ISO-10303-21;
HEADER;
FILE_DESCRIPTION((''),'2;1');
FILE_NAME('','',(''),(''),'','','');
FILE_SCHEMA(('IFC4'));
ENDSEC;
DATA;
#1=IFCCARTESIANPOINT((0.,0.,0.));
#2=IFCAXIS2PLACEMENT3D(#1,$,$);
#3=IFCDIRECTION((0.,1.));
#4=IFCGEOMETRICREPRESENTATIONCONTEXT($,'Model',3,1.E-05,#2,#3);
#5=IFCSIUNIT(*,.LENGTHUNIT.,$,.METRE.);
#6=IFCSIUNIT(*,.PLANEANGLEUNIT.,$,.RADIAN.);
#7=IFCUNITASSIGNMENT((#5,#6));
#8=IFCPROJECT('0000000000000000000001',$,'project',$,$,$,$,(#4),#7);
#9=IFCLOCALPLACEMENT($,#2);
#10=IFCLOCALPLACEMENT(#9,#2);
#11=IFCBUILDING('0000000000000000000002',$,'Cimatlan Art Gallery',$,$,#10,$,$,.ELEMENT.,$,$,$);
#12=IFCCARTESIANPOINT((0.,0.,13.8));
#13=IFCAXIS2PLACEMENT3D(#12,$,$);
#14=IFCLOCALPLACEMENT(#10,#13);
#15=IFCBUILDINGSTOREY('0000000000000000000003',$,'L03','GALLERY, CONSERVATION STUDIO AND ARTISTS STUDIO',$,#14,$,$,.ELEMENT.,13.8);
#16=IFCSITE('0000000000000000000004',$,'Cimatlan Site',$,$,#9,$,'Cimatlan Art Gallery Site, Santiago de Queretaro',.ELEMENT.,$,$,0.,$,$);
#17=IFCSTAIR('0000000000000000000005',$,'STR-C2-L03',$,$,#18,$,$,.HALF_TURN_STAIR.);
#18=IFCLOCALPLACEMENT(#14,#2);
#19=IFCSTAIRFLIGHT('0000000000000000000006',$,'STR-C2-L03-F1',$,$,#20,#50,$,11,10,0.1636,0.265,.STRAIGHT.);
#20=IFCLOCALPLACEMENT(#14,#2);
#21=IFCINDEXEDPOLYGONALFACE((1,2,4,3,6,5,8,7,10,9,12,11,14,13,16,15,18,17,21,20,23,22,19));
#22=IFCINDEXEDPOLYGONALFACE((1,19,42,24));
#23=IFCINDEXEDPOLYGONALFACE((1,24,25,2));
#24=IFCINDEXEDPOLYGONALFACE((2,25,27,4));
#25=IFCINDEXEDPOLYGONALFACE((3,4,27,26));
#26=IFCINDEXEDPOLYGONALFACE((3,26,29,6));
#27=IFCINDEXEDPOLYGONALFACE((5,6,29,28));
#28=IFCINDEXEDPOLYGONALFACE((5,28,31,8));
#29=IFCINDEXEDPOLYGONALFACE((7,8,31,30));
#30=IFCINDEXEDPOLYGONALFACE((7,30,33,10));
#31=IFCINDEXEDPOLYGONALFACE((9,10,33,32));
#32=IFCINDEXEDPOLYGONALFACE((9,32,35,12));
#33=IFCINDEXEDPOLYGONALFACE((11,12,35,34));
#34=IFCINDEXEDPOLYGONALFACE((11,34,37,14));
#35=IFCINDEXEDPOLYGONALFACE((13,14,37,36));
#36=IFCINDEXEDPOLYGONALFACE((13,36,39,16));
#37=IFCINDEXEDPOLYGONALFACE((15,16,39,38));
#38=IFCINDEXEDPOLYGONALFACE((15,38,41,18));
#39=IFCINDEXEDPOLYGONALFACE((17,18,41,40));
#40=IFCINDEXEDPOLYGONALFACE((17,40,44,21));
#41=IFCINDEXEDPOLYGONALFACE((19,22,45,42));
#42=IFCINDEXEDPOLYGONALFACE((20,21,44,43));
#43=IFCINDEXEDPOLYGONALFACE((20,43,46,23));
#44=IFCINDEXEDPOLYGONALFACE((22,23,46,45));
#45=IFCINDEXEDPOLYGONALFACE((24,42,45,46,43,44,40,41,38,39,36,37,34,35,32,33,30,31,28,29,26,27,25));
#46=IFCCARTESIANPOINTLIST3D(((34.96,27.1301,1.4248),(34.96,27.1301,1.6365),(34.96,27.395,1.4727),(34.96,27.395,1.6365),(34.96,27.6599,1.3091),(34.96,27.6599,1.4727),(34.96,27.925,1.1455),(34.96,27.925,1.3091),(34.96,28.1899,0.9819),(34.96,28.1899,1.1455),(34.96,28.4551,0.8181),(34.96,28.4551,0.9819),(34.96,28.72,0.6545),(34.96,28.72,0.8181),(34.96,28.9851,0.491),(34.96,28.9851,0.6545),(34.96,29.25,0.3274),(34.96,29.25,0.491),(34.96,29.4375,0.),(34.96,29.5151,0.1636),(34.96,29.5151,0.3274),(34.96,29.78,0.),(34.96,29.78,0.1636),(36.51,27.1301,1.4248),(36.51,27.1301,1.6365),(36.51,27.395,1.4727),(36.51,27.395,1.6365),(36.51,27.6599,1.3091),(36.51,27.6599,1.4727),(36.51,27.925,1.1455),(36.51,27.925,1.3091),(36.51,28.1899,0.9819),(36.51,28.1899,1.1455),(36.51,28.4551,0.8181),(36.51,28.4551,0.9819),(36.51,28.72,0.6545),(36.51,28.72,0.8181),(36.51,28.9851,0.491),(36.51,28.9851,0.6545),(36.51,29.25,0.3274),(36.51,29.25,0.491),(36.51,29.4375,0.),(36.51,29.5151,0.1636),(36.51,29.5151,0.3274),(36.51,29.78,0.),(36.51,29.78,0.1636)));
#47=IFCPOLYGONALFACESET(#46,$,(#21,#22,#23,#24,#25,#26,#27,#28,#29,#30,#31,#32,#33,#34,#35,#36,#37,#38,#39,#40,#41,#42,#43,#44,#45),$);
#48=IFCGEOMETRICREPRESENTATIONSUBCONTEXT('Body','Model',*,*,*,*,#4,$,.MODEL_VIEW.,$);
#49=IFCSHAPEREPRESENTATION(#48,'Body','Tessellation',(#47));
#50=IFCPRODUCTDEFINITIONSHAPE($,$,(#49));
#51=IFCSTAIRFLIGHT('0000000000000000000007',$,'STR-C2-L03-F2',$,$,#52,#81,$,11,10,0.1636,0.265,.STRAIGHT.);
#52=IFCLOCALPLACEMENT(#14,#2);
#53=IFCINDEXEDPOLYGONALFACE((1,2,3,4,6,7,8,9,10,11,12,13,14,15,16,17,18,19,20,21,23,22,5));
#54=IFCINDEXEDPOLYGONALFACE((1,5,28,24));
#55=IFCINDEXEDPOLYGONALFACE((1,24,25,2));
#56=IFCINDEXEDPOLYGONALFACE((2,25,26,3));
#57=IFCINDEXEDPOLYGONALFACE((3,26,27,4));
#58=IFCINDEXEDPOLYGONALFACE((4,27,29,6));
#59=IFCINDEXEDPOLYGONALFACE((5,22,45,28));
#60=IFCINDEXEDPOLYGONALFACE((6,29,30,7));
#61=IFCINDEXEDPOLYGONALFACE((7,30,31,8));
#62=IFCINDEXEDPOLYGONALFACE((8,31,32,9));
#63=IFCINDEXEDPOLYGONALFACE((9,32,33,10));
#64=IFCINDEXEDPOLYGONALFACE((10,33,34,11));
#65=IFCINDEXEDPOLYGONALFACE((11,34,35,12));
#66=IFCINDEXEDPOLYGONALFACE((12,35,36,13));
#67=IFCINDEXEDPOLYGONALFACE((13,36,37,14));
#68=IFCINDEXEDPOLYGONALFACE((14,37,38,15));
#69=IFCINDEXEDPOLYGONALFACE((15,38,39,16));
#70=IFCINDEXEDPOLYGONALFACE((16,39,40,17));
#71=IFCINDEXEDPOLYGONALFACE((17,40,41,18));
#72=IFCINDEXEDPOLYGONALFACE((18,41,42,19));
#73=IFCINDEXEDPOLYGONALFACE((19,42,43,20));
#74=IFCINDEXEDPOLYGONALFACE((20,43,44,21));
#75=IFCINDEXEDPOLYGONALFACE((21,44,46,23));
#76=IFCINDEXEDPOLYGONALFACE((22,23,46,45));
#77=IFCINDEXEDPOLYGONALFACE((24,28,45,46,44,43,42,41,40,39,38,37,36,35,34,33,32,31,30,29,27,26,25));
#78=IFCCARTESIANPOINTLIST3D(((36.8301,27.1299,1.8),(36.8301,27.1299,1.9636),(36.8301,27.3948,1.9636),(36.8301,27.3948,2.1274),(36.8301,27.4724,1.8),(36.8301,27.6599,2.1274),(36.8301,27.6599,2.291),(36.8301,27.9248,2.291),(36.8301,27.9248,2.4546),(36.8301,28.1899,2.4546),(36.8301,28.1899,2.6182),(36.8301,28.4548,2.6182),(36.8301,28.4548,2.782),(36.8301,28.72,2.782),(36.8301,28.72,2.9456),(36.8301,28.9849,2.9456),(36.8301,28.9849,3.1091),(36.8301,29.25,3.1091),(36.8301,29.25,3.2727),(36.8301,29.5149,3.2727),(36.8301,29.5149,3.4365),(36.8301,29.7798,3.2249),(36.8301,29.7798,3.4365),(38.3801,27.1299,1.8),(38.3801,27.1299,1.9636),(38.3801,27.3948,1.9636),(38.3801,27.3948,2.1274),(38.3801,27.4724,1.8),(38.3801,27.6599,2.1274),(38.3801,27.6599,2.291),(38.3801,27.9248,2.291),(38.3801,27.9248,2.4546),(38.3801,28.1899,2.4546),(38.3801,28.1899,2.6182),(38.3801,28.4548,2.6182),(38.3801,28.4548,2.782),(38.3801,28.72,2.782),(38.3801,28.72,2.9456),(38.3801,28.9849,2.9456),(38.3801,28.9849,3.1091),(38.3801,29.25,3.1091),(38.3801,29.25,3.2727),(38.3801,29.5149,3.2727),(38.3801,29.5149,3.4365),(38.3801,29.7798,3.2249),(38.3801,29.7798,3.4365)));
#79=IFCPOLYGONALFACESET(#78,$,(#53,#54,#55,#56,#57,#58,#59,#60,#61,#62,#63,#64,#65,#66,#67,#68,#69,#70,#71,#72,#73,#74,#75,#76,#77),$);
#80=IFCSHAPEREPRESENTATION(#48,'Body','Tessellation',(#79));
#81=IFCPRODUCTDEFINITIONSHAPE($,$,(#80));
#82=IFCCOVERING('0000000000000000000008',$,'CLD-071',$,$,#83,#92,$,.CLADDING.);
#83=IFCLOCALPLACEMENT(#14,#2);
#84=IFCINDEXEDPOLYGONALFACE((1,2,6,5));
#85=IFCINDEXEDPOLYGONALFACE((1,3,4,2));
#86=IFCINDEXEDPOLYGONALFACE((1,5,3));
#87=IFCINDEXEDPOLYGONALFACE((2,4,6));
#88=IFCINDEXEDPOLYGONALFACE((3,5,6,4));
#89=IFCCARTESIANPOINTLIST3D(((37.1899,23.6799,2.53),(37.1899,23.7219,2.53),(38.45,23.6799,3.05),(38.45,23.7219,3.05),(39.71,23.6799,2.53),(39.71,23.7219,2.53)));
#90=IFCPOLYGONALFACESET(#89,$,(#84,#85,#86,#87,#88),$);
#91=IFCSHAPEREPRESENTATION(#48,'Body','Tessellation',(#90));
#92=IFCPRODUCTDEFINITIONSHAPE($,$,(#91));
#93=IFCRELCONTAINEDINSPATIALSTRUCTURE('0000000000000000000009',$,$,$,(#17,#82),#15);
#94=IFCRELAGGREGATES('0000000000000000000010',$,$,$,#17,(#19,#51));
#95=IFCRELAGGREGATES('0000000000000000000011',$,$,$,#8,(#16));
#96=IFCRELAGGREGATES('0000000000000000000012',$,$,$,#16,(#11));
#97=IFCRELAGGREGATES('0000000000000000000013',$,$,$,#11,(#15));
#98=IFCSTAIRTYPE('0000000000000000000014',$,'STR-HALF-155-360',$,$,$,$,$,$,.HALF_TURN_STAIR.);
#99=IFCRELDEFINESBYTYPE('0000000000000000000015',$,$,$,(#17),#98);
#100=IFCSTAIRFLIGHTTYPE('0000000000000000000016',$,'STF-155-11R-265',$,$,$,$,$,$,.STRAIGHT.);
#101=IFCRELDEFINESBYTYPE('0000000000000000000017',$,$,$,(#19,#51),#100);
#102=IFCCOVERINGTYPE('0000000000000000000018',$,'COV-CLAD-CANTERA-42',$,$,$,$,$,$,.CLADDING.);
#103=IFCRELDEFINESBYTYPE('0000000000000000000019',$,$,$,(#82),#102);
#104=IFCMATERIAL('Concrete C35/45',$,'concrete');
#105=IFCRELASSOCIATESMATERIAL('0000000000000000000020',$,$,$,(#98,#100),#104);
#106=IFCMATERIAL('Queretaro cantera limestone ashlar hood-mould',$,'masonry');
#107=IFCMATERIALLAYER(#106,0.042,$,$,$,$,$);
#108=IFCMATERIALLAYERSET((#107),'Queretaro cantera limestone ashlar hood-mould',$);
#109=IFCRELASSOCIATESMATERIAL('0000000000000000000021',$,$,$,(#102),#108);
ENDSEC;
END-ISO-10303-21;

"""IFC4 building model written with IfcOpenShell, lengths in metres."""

from ifc_helpers import new_model, si_unit, direction, frame, origin, place, context, subcontext, project, spatial, polyline, outline, extrude, material, layer, layer_set, type_object, element, aggregate, save


model = new_model("IFC4")

# Units and contexts
model_context = context("Model", 3, precision=1e-05, world=origin(), true_north=direction((0.0, 1.0)))
body_context = subcontext(model_context, "Body", "Model", "MODEL_VIEW")
ifc_project = project(units=[si_unit("LENGTHUNIT", "METRE"), si_unit("PLANEANGLEUNIT", "RADIAN")], contexts=[model_context])

# Site, building, storey
site_placement = place(None, origin())
site = spatial("IfcSite", under=ifc_project, at=site_placement, Name="Cimatlan Site", LongName="Cimatlan Art Gallery Site, Santiago de Queretaro", CompositionType="ELEMENT", RefElevation=0.0)
building_placement = place(site_placement, origin())
building = spatial("IfcBuilding", under=site, at=building_placement, Name="Cimatlan Art Gallery", CompositionType="ELEMENT")
storey_placement = place(building_placement, frame((0.0, 0.0, 13.8)))
storey = spatial("IfcBuildingStorey", under=building, at=storey_placement, Name="L03", Description="GALLERY, CONSERVATION STUDIO AND ARTISTS STUDIO", CompositionType="ELEMENT", Elevation=13.8)

# Stair, stair flights
ifc_material_1 = material(Name="Concrete C35/45", Category="concrete")
stair_type = type_object("IfcStairType", Name="STR-HALF-155-360", PredefinedType="HALF_TURN_STAIR", material=ifc_material_1)
stair_placement = place(storey_placement, origin())
stair = element("IfcStair", 1, at=stair_placement, inside=storey, type_object=stair_type, Name="STR-C2-L03", PredefinedType="HALF_TURN_STAIR")
stair_flight_type = type_object("IfcStairFlightType", Name="STF-155-11R-265", PredefinedType="STRAIGHT", material=ifc_material_1)
stair_flight_1_placement = place(storey_placement, frame((35.7351, 29.78, 0.0), z_axis=(0.0, 0.0, 1.0), x_axis=(0.0, -1.0, 0.0)))
stair_flight_1 = element("IfcStairFlight", 2, at=stair_flight_1_placement, type_object=stair_flight_type, Name="STR-C2-L03-F1", NumberOfRisers=11, NumberOfTreads=10, PredefinedType="STRAIGHT", RiserHeight=0.1636, TreadLength=0.265, context=body_context, shape_type="SweptSolid", body=[
    extrude(outline(polyline([(0.0, 0.0), (0.0, 0.1636), (0.2649, 0.1636), (0.2649, 0.3274), (0.53, 0.3274), (0.53, 0.491), (0.7949, 0.491), (0.7949, 0.6545), (1.0601, 0.6545), (1.0601, 0.8181), (1.325, 0.8181), (1.325, 0.9819), (1.5901, 0.9819), (1.5901, 1.1455), (1.855, 1.1455), (1.855, 1.3091), (2.1201, 1.3091), (2.1201, 1.4727), (2.385, 1.4727), (2.385, 1.6365), (2.6499, 1.6365), (2.6499, 1.8), (2.6499, 1.4248), (0.3425, 0.0), (0.0, 0.0)])), frame((0.0, 0.7749, 0.0), z_axis=(0.0, -1.0, 0.0), x_axis=(1.0, 0.0, 0.0)), (0.0, 0.0, 1.0), 1.55),
])
stair_flight_2_placement = place(storey_placement, frame((37.605, 27.1299, 1.8), z_axis=(0.0, 0.0, 1.0), x_axis=(0.0, 1.0, 0.0)))
stair_flight_2 = element("IfcStairFlight", 3, at=stair_flight_2_placement, type_object=stair_flight_type, Name="STR-C2-L03-F2", NumberOfRisers=11, NumberOfTreads=10, PredefinedType="STRAIGHT", RiserHeight=0.1636, TreadLength=0.265, context=body_context, shape_type="SweptSolid", body=[
    extrude(outline(polyline([(0.0, 0.0), (0.0, 0.1636), (0.2649, 0.1636), (0.2649, 0.3274), (0.53, 0.3274), (0.53, 0.491), (0.7949, 0.491), (0.7949, 0.6545), (1.0601, 0.6545), (1.0601, 0.8181), (1.325, 0.8181), (1.325, 0.9819), (1.5901, 0.9819), (1.5901, 1.1455), (1.855, 1.1455), (1.855, 1.3091), (2.1201, 1.3091), (2.1201, 1.4727), (2.385, 1.4727), (2.385, 1.6365), (2.6499, 1.6365), (2.6499, 1.8), (2.6499, 1.4248), (0.3425, 0.0), (0.0, 0.0)])), frame((0.0, 0.7749, 0.0), z_axis=(0.0, -1.0, 0.0), x_axis=(1.0, 0.0, 0.0)), (0.0, 0.0, 1.0), 1.55),
])
aggregate(stair, [stair_flight_1, stair_flight_2])

# Covering
ifc_material_2 = material(Name="Queretaro cantera limestone ashlar hood-mould", Category="masonry")
ifc_layer_1 = layer(ifc_material_2, 0.042)
ifc_layer_set_1 = layer_set([ifc_layer_1], Name="Queretaro cantera limestone ashlar hood-mould")
covering_type = type_object("IfcCoveringType", Name="COV-CLAD-CANTERA-42", PredefinedType="CLADDING", material=ifc_layer_set_1)
covering_placement = place(storey_placement, frame((39.71, 23.7219, 2.53), z_axis=(0.0, 1.0, 0.0), x_axis=(-1.0, 0.0, 0.0)))
element("IfcCovering", 4, at=covering_placement, inside=storey, type_object=covering_type, Name="CLD-071", PredefinedType="CLADDING", context=body_context, shape_type="SweptSolid", body=[
    extrude(outline(polyline([(0.0, 0.0), (2.52, 0.0), (1.26, 0.52), (0.0, 0.0)])), origin(), (0.0, 0.0, -1.0), 0.042),
])

save(model, "model.ifc")
